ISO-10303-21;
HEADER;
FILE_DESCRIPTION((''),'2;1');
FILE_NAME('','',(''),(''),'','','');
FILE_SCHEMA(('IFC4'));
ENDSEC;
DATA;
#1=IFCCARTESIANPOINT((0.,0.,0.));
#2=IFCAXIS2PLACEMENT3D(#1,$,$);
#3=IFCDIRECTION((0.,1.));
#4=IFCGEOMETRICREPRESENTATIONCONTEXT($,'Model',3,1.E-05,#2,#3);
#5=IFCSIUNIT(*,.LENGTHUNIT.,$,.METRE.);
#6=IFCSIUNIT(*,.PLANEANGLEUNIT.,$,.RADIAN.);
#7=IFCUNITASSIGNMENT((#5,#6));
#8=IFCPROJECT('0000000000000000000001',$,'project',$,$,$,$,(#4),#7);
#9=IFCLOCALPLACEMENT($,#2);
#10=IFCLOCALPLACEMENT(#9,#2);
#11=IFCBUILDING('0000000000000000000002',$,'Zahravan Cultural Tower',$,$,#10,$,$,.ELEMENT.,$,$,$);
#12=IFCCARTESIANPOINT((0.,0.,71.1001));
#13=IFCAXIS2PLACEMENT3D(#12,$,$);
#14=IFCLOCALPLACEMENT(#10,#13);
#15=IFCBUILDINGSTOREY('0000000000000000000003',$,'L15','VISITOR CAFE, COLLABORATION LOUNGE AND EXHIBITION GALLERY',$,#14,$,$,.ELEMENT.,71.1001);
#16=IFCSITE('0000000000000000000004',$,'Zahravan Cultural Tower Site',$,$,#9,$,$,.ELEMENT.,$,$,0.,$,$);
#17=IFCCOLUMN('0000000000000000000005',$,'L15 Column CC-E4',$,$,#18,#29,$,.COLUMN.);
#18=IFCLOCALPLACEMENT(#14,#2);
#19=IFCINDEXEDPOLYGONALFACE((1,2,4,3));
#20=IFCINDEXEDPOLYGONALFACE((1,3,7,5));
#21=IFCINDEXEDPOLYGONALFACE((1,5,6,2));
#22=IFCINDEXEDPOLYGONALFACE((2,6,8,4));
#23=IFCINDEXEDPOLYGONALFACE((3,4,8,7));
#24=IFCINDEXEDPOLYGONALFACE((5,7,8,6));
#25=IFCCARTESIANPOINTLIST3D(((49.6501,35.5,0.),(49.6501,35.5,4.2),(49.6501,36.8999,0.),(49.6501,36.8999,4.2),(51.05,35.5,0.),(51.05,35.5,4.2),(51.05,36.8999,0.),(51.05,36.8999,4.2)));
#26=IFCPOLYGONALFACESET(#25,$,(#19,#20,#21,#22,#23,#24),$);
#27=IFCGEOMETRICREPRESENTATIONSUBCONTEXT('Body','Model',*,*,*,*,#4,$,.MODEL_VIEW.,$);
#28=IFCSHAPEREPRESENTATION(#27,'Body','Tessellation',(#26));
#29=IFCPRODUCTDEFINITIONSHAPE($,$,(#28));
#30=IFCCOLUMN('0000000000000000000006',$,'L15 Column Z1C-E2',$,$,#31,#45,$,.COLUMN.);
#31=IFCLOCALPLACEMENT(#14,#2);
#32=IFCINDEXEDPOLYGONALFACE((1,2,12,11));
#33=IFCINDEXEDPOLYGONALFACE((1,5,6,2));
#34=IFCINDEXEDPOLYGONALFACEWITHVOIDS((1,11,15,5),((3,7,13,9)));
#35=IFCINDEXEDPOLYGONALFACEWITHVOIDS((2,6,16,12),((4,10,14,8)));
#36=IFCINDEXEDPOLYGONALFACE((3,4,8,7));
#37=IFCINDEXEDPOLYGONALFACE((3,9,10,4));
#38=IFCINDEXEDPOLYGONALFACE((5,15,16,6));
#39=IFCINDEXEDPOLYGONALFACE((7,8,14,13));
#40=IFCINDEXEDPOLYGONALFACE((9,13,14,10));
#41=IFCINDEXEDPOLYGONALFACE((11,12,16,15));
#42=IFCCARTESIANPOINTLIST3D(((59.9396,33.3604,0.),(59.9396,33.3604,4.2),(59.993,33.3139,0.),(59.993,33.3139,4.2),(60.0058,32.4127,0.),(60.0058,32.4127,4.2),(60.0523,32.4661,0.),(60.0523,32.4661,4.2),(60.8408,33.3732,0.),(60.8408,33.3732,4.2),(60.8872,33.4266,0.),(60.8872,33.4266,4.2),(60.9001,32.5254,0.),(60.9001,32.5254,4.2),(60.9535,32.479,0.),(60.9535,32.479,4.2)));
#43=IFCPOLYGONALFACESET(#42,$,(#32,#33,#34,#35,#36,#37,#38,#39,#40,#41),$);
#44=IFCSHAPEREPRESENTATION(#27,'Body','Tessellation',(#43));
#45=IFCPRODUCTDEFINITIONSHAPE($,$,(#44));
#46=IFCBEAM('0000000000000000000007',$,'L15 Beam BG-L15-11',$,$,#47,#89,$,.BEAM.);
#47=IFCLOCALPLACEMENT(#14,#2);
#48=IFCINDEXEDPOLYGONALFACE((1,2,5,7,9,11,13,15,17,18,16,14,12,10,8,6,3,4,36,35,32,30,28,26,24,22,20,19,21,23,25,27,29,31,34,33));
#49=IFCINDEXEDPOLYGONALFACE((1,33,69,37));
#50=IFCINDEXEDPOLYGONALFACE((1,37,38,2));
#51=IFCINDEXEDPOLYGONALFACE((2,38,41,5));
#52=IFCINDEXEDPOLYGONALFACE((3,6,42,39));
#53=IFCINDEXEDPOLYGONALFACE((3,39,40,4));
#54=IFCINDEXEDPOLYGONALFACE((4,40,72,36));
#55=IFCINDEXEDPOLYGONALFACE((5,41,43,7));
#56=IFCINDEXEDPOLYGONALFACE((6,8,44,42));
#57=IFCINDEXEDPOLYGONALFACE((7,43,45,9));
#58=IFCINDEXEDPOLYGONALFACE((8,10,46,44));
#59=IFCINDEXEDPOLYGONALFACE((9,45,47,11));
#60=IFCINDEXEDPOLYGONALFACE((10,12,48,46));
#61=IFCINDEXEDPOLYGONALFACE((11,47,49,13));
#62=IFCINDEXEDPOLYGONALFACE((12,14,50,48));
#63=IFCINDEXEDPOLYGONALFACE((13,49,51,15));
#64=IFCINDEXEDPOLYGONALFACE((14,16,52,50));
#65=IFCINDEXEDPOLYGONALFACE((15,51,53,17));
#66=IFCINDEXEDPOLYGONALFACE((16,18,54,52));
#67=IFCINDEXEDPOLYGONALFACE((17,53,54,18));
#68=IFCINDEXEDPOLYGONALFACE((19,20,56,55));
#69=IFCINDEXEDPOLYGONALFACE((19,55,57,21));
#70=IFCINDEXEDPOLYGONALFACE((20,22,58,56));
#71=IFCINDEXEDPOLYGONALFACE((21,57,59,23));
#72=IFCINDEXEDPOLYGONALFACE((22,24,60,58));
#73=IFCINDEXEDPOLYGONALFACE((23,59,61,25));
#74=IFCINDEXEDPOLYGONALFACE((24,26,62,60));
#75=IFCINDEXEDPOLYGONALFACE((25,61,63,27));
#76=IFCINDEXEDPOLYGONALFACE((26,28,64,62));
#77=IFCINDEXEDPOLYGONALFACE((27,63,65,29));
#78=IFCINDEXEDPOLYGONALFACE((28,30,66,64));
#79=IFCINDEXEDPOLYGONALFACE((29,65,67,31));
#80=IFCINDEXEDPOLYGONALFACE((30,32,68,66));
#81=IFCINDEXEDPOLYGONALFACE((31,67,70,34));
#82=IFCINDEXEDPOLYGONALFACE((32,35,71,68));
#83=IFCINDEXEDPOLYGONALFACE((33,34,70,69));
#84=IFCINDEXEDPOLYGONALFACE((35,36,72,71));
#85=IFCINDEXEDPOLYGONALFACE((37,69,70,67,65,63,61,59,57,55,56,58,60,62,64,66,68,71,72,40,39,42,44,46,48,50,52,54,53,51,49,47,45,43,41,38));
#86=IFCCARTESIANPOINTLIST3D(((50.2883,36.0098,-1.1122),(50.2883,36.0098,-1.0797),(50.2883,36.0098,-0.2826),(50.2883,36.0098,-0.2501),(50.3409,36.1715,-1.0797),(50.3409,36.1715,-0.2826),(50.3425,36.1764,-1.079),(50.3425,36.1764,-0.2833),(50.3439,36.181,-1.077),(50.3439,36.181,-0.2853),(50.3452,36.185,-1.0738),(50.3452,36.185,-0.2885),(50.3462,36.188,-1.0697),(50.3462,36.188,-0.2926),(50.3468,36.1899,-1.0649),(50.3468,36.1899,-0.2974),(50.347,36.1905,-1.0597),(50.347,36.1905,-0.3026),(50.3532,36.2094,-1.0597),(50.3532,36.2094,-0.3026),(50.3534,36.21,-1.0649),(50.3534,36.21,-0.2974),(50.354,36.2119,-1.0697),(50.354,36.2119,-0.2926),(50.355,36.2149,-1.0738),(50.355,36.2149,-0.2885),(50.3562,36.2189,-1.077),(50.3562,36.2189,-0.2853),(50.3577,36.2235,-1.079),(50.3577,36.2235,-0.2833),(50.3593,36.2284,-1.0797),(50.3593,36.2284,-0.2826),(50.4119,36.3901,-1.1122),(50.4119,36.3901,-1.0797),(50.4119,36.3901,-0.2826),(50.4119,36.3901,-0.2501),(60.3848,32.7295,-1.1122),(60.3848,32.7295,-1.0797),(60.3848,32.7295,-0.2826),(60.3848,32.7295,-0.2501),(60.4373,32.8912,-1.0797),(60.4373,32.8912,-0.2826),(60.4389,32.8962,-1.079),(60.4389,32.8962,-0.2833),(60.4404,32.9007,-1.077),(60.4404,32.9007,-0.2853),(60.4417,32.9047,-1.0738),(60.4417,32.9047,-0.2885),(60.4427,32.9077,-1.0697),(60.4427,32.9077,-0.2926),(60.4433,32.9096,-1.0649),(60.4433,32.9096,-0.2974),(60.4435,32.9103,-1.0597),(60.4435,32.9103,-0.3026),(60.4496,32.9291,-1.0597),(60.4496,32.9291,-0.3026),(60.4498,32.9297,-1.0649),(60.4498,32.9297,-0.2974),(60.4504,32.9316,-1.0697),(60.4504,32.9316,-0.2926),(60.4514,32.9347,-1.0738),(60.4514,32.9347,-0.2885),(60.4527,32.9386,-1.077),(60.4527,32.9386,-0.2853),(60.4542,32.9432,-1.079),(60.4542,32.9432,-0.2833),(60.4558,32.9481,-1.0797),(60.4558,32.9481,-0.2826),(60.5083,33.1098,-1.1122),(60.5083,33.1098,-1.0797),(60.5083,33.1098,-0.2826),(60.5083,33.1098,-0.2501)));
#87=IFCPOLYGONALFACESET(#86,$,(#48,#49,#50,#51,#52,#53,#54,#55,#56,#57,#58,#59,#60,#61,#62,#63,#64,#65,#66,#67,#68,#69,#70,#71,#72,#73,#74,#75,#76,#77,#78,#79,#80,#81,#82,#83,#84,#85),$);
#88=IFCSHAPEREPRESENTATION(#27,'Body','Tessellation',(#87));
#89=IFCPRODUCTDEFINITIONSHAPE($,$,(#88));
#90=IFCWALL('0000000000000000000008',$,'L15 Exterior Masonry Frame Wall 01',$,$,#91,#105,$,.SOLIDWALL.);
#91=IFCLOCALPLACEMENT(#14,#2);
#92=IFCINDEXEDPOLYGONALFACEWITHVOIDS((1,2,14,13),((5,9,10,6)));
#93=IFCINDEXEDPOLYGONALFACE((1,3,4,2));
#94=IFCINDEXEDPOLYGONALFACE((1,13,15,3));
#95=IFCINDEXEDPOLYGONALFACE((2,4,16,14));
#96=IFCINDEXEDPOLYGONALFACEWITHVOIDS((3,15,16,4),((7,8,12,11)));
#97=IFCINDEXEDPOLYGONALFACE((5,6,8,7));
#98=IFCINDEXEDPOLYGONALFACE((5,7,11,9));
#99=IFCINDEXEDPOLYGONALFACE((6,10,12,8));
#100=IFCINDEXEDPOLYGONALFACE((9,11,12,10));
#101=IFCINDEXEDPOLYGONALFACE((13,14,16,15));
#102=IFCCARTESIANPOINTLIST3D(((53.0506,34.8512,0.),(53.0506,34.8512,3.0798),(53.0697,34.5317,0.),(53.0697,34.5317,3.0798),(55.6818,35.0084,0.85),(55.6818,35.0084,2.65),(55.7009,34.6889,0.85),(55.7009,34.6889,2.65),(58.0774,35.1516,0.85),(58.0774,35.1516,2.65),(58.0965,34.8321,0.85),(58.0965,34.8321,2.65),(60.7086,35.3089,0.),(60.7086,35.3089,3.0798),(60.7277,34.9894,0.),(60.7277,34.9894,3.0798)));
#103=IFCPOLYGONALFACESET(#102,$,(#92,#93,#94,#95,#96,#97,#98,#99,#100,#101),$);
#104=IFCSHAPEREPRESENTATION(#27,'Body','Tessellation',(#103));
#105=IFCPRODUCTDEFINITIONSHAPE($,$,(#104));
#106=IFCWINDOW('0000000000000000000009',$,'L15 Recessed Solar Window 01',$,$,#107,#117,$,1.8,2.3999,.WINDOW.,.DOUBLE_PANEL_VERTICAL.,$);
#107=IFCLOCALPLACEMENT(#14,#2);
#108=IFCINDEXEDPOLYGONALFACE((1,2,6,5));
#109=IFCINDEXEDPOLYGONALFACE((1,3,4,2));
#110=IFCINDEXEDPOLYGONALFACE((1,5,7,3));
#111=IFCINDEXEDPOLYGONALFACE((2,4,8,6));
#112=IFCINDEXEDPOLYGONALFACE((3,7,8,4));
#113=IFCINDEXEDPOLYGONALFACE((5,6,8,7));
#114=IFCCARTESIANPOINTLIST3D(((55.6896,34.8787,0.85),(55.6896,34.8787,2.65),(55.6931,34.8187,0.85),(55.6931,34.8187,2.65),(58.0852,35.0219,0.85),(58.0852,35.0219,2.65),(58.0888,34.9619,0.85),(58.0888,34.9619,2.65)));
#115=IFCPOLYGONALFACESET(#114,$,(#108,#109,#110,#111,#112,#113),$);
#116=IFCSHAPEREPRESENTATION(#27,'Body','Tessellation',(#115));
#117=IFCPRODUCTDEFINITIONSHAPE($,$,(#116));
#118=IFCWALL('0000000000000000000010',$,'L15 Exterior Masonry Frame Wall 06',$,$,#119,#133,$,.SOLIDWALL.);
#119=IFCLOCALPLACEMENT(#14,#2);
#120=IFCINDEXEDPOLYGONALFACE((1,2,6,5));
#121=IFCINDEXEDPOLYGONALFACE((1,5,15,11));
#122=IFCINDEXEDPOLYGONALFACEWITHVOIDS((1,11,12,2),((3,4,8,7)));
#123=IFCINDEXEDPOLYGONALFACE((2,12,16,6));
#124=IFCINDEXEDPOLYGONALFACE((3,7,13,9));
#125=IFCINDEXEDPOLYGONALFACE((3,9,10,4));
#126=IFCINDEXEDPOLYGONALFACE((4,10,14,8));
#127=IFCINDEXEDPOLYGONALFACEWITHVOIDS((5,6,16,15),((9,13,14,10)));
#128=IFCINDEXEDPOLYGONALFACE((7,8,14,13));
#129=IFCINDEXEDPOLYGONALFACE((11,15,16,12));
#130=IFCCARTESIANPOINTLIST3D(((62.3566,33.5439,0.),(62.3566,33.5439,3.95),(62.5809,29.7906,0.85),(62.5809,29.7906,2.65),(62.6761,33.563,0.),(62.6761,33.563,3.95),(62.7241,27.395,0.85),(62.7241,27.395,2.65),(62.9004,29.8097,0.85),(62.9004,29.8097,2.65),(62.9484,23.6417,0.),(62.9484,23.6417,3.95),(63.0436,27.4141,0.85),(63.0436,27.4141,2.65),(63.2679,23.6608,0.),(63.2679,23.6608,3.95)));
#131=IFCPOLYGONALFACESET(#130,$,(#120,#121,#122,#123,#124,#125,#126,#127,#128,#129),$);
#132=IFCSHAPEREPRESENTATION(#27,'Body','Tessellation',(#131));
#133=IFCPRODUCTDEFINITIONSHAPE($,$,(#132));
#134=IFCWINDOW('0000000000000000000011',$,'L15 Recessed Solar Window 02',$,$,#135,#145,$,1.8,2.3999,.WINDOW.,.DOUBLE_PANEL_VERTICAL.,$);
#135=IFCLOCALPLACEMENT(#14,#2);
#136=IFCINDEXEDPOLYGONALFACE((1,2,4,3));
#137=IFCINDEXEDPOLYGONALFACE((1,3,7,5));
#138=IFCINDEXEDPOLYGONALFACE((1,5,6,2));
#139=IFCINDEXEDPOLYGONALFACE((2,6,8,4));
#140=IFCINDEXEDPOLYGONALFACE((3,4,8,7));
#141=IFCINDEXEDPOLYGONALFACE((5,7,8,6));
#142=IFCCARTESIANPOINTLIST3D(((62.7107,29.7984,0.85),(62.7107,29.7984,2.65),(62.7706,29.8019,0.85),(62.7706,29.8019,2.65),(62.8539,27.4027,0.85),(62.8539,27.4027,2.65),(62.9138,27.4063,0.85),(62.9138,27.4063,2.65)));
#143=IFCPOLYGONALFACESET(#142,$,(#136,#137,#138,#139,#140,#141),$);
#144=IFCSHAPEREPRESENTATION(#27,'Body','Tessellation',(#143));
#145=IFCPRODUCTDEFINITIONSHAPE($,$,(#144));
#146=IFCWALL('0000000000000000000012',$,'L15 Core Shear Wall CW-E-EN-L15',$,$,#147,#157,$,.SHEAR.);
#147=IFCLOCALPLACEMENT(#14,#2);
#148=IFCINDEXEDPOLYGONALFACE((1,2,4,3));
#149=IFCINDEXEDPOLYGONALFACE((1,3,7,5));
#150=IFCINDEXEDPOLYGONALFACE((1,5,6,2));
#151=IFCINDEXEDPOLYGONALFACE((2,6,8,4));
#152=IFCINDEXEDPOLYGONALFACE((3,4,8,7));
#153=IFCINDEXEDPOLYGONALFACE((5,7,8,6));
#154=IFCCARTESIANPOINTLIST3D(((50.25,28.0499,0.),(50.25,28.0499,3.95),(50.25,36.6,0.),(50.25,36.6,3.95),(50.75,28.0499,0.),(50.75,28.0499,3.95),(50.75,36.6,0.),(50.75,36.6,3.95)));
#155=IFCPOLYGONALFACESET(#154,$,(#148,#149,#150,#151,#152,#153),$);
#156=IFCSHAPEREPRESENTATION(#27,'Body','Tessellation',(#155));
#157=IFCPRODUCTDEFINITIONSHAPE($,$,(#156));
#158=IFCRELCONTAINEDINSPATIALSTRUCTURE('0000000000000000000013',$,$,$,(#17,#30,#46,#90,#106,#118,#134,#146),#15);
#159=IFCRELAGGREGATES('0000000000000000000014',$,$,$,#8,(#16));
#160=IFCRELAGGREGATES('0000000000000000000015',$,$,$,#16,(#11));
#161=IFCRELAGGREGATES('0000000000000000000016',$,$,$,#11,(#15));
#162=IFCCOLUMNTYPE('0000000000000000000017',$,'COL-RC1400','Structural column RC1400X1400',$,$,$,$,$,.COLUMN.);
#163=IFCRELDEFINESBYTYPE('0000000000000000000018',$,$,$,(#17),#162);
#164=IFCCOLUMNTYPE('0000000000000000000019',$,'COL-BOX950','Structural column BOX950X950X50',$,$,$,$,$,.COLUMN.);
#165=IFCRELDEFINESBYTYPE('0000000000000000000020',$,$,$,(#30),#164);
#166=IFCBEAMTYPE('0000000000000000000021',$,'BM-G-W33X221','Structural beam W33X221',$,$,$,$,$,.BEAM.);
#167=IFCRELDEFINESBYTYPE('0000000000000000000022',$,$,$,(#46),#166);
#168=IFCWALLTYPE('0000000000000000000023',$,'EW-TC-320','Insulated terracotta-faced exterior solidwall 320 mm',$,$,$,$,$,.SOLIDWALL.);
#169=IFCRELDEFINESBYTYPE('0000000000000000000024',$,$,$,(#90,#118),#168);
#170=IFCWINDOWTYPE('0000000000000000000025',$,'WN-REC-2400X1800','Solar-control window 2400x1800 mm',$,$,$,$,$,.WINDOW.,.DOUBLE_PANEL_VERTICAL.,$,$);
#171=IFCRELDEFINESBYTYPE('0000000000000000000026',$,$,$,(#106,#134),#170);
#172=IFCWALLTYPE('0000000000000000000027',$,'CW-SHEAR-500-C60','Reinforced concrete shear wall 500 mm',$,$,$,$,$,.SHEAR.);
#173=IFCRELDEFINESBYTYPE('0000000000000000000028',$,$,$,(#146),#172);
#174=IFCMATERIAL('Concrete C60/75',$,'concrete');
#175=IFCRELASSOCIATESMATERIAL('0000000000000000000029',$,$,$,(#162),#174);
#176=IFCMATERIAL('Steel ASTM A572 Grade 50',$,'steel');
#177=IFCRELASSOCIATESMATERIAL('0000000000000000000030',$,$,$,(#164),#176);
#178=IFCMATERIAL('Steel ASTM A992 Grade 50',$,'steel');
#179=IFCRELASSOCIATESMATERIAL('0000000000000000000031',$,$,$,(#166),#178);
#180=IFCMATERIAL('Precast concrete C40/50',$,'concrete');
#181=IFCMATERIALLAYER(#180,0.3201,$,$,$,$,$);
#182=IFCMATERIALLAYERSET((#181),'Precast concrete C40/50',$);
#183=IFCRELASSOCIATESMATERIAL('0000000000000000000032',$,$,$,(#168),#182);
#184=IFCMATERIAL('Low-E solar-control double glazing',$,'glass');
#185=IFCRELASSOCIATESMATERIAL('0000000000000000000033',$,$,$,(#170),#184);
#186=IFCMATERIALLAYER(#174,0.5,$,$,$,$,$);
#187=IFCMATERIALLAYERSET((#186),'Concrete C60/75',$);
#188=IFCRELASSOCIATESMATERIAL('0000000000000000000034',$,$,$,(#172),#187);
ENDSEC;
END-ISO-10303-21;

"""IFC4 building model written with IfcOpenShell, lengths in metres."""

from ifc_helpers import new_model, si_unit, direction, frame, frame_2d, origin, origin_2d, place, context, subcontext, project, spatial, rectangle, hollow_rectangle, i_section, extrude, source, transform, mapped, material, layer, layer_set, material_profile, profile_set, type_object, element, fill, save


model = new_model("IFC4")

# Units and contexts
model_context = context("Model", 3, precision=1e-05, world=origin(), true_north=direction((0.0, 1.0)))
body_context = subcontext(model_context, "Body", "Model", "MODEL_VIEW")
ifc_project = project(units=[si_unit("LENGTHUNIT", "METRE"), si_unit("PLANEANGLEUNIT", "RADIAN")], contexts=[model_context])

# Site, building, storey
site_placement = place(None, origin())
site = spatial("IfcSite", under=ifc_project, at=site_placement, Name="Zahravan Cultural Tower Site", CompositionType="ELEMENT", RefElevation=0.0)
building_placement = place(site_placement, origin())
building = spatial("IfcBuilding", under=site, at=building_placement, Name="Zahravan Cultural Tower", CompositionType="ELEMENT")
storey_placement = place(building_placement, frame((0.0, 0.0, 71.1001)))
storey = spatial("IfcBuildingStorey", under=building, at=storey_placement, Name="L15", Description="VISITOR CAFE, COLLABORATION LOUNGE AND EXHIBITION GALLERY", CompositionType="ELEMENT", Elevation=71.1001)

# Columns
ifc_material_1 = material(Name="Concrete C60/75", Category="concrete")
ifc_material_profile_1 = material_profile(ifc_material_1, rectangle(XDim=1.3999, YDim=1.3999, at=origin_2d()), Name="RC1400X1400")
ifc_profile_set_1 = profile_set([ifc_material_profile_1], Name="Concrete C60/75")
column_type_1 = type_object("IfcColumnType", Name="COL-RC1400", Description="Structural column RC1400X1400", PredefinedType="COLUMN", material=ifc_profile_set_1)
shared_shape_1 = source(origin(), body_context, "Body", "SweptSolid", [
    extrude(rectangle(XDim=1.3999, YDim=1.3999, at=origin_2d()), origin(), (0.0, 0.0, 1.0), 4.2),
])
column_1_placement = place(storey_placement, frame((50.3501, 36.2, 0.0), z_axis=(0.0, 0.0, 1.0), x_axis=(1.0, 0.0, 0.0)))
element("IfcColumn", 1, at=column_1_placement, inside=storey, type_object=column_type_1, Name="L15 Column CC-E4", PredefinedType="COLUMN", context=body_context, shape_type="MappedRepresentation", body=[
    mapped(shared_shape_1, transform((0.0, 0.0, 0.0), x_axis=(1.0, 0.0, 0.0), y_axis=(0.0, 1.0, 0.0), z_axis=(0.0, 0.0, 1.0), scale=1.0)),
])
ifc_material_2 = material(Name="Steel ASTM A572 Grade 50", Category="steel")
ifc_material_profile_2 = material_profile(ifc_material_2, hollow_rectangle(XDim=0.95, YDim=0.95, WallThickness=0.05, at=origin_2d()), Name="BOX950X950X50")
ifc_profile_set_2 = profile_set([ifc_material_profile_2], Name="Steel ASTM A572 Grade 50")
column_type_2 = type_object("IfcColumnType", Name="COL-BOX950", Description="Structural column BOX950X950X50", PredefinedType="COLUMN", material=ifc_profile_set_2)
shared_shape_2 = source(origin(), body_context, "Body", "SweptSolid", [
    extrude(hollow_rectangle(XDim=0.95, YDim=0.95, WallThickness=0.05, at=origin_2d()), origin(), (0.0, 0.0, 1.0), 4.2),
])
column_2_placement = place(storey_placement, frame((60.4465, 32.9197, 0.0), z_axis=(0.0, 0.0, 1.0), x_axis=(0.997564, 0.069756, 0.0)))
element("IfcColumn", 2, at=column_2_placement, inside=storey, type_object=column_type_2, Name="L15 Column Z1C-E2", PredefinedType="COLUMN", context=body_context, shape_type="MappedRepresentation", body=[
    mapped(shared_shape_2, transform((0.0, 0.0, 0.0), x_axis=(1.0, 0.0, 0.0), y_axis=(0.0, 1.0, 0.0), z_axis=(0.0, 0.0, 1.0), scale=1.0)),
])

# Beam
ifc_material_3 = material(Name="Steel ASTM A992 Grade 50", Category="steel")
ifc_material_profile_3 = material_profile(ifc_material_3, i_section(OverallWidth=0.3999, OverallDepth=0.8621, WebThickness=0.0198, FlangeThickness=0.0325, FilletRadius=0.02, at=origin_2d()), Name="W33X221")
ifc_profile_set_3 = profile_set([ifc_material_profile_3], Name="Steel ASTM A992 Grade 50")
beam_type = type_object("IfcBeamType", Name="BM-G-W33X221", Description="Structural beam W33X221", PredefinedType="BEAM", material=ifc_profile_set_3)
shared_shape_3 = source(origin(), body_context, "Body", "SweptSolid", [
    extrude(i_section(OverallWidth=0.3999, OverallDepth=0.8621, WebThickness=0.0198, FlangeThickness=0.0325, FilletRadius=0.02, at=origin_2d()), origin(), (0.0, 0.0, 1.0), 10.616),
])
beam_placement = place(storey_placement, frame((50.3501, 36.2, -0.6812), z_axis=(0.951064, -0.308995, 0.0), x_axis=(0.308995, 0.951064, 0.0)))
element("IfcBeam", 3, at=beam_placement, inside=storey, type_object=beam_type, Name="L15 Beam BG-L15-11", PredefinedType="BEAM", context=body_context, shape_type="MappedRepresentation", body=[
    mapped(shared_shape_3, transform((0.0, 0.0, 0.0), x_axis=(1.0, 0.0, 0.0), y_axis=(0.0, 1.0, 0.0), z_axis=(0.0, 0.0, 1.0), scale=1.0)),
])

# Walls, openings, windows
ifc_material_4 = material(Name="Precast concrete C40/50", Category="concrete")
ifc_layer_1 = layer(ifc_material_4, 0.3201)
ifc_layer_set_1 = layer_set([ifc_layer_1], Name="Precast concrete C40/50")
wall_type_1 = type_object("IfcWallType", Name="EW-TC-320", Description="Insulated terracotta-faced exterior solidwall 320 mm", PredefinedType="SOLIDWALL", material=ifc_layer_set_1)
wall_1_placement = place(storey_placement, frame((53.0601, 34.6914, 0.0), z_axis=(0.0, 0.0, 1.0), x_axis=(0.998218, 0.05967, 0.0)))
wall_1 = element("IfcWall", 4, at=wall_1_placement, inside=storey, type_object=wall_type_1, Name="L15 Exterior Masonry Frame Wall 01", PredefinedType="SOLIDWALL", context=body_context, shape_type="SweptSolid", body=[
    extrude(rectangle(XDim=7.6716, YDim=0.3201, at=frame_2d((3.8359, 0.0))), origin(), (0.0, 0.0, 1.0), 3.0798),
])
opening_1_placement = place(wall_1_placement, frame((2.636, 0.0, 0.8501)))
opening_1 = element("IfcOpeningElement", 5, at=opening_1_placement, cuts=wall_1, PredefinedType="OPENING", context=body_context, shape_type="SweptSolid", body=[
    extrude(rectangle(XDim=2.3999, YDim=1.8, at=frame_2d((1.2, 0.8999))), frame((0.0, 0.1699, 0.0), z_axis=(0.0, -1.0, 0.0), x_axis=(1.0, 0.0, 0.0)), (0.0, 0.0, 1.0), 0.3401),
])
ifc_material_5 = material(Name="Low-E solar-control double glazing", Category="glass")
window_type = type_object("IfcWindowType", Name="WN-REC-2400X1800", Description="Solar-control window 2400x1800 mm", PartitioningType="DOUBLE_PANEL_VERTICAL", PredefinedType="WINDOW", material=ifc_material_5)
shared_shape_4 = source(origin(), body_context, "Body", "SweptSolid", [
    extrude(rectangle(XDim=2.3999, YDim=1.8, at=frame_2d((1.2, 0.8999))), frame((0.0, 0.03, 0.0), z_axis=(0.0, -1.0, 0.0), x_axis=(1.0, 0.0, 0.0)), (0.0, 0.0, 1.0), 0.0601),
])
window_1_placement = place(opening_1_placement, origin())
window_1 = element("IfcWindow", 6, at=window_1_placement, inside=storey, type_object=window_type, Name="L15 Recessed Solar Window 01", OverallHeight=1.8, OverallWidth=2.3999, PartitioningType="DOUBLE_PANEL_VERTICAL", PredefinedType="WINDOW", context=body_context, shape_type="MappedRepresentation", body=[
    mapped(shared_shape_4, transform((0.0, 0.0, 0.0), x_axis=(1.0, 0.0, 0.0), y_axis=(0.0, 1.0, 0.0), z_axis=(0.0, 0.0, 1.0), scale=1.0)),
])
fill(opening_1, window_1)
wall_2_placement = place(storey_placement, frame((62.5164, 33.5535, 0.0), z_axis=(0.0, 0.0, 1.0), x_axis=(0.059657, -0.998219, 0.0)))
wall_2 = element("IfcWall", 7, at=wall_2_placement, inside=storey, type_object=wall_type_1, Name="L15 Exterior Masonry Frame Wall 06", PredefinedType="SOLIDWALL", context=body_context, shape_type="SweptSolid", body=[
    extrude(rectangle(XDim=9.9199, YDim=0.3201, at=frame_2d((4.96, 0.0))), origin(), (0.0, 0.0, 1.0), 3.95),
])
opening_2_placement = place(wall_2_placement, frame((3.76, 0.0, 0.8501)))
opening_2 = element("IfcOpeningElement", 8, at=opening_2_placement, cuts=wall_2, PredefinedType="OPENING", context=body_context, shape_type="SweptSolid", body=[
    extrude(rectangle(XDim=2.3999, YDim=1.8, at=frame_2d((1.2, 0.8999))), frame((0.0, 0.1699, 0.0), z_axis=(0.0, -1.0, 0.0), x_axis=(1.0, 0.0, 0.0)), (0.0, 0.0, 1.0), 0.3401),
])
window_2_placement = place(opening_2_placement, origin())
window_2 = element("IfcWindow", 9, at=window_2_placement, inside=storey, type_object=window_type, Name="L15 Recessed Solar Window 02", OverallHeight=1.8, OverallWidth=2.3999, PartitioningType="DOUBLE_PANEL_VERTICAL", PredefinedType="WINDOW", context=body_context, shape_type="MappedRepresentation", body=[
    mapped(shared_shape_4, transform((0.0, 0.0, 0.0), x_axis=(1.0, 0.0, 0.0), y_axis=(0.0, 1.0, 0.0), z_axis=(0.0, 0.0, 1.0), scale=1.0)),
])
fill(opening_2, window_2)

# Wall
ifc_layer_2 = layer(ifc_material_1, 0.5)
ifc_layer_set_2 = layer_set([ifc_layer_2], Name="Concrete C60/75")
wall_type_2 = type_object("IfcWallType", Name="CW-SHEAR-500-C60", Description="Reinforced concrete shear wall 500 mm", PredefinedType="SHEAR", material=ifc_layer_set_2)
shared_shape_5 = source(origin(), body_context, "Body", "SweptSolid", [
    extrude(rectangle(XDim=8.55, YDim=0.5, at=frame_2d((4.2749, 0.0))), origin(), (0.0, 0.0, 1.0), 3.95),
])
wall_3_placement = place(storey_placement, frame((50.5, 28.05, 0.0), z_axis=(0.0, 0.0, 1.0), x_axis=(0.0, 1.0, 0.0)))
element("IfcWall", 10, at=wall_3_placement, inside=storey, type_object=wall_type_2, Name="L15 Core Shear Wall CW-E-EN-L15", PredefinedType="SHEAR", context=body_context, shape_type="MappedRepresentation", body=[
    mapped(shared_shape_5, transform((0.0, 0.0, 0.0), x_axis=(1.0, 0.0, 0.0), y_axis=(0.0, 1.0, 0.0), z_axis=(0.0, 0.0, 1.0), scale=1.0)),
])

save(model, "model.ifc")
